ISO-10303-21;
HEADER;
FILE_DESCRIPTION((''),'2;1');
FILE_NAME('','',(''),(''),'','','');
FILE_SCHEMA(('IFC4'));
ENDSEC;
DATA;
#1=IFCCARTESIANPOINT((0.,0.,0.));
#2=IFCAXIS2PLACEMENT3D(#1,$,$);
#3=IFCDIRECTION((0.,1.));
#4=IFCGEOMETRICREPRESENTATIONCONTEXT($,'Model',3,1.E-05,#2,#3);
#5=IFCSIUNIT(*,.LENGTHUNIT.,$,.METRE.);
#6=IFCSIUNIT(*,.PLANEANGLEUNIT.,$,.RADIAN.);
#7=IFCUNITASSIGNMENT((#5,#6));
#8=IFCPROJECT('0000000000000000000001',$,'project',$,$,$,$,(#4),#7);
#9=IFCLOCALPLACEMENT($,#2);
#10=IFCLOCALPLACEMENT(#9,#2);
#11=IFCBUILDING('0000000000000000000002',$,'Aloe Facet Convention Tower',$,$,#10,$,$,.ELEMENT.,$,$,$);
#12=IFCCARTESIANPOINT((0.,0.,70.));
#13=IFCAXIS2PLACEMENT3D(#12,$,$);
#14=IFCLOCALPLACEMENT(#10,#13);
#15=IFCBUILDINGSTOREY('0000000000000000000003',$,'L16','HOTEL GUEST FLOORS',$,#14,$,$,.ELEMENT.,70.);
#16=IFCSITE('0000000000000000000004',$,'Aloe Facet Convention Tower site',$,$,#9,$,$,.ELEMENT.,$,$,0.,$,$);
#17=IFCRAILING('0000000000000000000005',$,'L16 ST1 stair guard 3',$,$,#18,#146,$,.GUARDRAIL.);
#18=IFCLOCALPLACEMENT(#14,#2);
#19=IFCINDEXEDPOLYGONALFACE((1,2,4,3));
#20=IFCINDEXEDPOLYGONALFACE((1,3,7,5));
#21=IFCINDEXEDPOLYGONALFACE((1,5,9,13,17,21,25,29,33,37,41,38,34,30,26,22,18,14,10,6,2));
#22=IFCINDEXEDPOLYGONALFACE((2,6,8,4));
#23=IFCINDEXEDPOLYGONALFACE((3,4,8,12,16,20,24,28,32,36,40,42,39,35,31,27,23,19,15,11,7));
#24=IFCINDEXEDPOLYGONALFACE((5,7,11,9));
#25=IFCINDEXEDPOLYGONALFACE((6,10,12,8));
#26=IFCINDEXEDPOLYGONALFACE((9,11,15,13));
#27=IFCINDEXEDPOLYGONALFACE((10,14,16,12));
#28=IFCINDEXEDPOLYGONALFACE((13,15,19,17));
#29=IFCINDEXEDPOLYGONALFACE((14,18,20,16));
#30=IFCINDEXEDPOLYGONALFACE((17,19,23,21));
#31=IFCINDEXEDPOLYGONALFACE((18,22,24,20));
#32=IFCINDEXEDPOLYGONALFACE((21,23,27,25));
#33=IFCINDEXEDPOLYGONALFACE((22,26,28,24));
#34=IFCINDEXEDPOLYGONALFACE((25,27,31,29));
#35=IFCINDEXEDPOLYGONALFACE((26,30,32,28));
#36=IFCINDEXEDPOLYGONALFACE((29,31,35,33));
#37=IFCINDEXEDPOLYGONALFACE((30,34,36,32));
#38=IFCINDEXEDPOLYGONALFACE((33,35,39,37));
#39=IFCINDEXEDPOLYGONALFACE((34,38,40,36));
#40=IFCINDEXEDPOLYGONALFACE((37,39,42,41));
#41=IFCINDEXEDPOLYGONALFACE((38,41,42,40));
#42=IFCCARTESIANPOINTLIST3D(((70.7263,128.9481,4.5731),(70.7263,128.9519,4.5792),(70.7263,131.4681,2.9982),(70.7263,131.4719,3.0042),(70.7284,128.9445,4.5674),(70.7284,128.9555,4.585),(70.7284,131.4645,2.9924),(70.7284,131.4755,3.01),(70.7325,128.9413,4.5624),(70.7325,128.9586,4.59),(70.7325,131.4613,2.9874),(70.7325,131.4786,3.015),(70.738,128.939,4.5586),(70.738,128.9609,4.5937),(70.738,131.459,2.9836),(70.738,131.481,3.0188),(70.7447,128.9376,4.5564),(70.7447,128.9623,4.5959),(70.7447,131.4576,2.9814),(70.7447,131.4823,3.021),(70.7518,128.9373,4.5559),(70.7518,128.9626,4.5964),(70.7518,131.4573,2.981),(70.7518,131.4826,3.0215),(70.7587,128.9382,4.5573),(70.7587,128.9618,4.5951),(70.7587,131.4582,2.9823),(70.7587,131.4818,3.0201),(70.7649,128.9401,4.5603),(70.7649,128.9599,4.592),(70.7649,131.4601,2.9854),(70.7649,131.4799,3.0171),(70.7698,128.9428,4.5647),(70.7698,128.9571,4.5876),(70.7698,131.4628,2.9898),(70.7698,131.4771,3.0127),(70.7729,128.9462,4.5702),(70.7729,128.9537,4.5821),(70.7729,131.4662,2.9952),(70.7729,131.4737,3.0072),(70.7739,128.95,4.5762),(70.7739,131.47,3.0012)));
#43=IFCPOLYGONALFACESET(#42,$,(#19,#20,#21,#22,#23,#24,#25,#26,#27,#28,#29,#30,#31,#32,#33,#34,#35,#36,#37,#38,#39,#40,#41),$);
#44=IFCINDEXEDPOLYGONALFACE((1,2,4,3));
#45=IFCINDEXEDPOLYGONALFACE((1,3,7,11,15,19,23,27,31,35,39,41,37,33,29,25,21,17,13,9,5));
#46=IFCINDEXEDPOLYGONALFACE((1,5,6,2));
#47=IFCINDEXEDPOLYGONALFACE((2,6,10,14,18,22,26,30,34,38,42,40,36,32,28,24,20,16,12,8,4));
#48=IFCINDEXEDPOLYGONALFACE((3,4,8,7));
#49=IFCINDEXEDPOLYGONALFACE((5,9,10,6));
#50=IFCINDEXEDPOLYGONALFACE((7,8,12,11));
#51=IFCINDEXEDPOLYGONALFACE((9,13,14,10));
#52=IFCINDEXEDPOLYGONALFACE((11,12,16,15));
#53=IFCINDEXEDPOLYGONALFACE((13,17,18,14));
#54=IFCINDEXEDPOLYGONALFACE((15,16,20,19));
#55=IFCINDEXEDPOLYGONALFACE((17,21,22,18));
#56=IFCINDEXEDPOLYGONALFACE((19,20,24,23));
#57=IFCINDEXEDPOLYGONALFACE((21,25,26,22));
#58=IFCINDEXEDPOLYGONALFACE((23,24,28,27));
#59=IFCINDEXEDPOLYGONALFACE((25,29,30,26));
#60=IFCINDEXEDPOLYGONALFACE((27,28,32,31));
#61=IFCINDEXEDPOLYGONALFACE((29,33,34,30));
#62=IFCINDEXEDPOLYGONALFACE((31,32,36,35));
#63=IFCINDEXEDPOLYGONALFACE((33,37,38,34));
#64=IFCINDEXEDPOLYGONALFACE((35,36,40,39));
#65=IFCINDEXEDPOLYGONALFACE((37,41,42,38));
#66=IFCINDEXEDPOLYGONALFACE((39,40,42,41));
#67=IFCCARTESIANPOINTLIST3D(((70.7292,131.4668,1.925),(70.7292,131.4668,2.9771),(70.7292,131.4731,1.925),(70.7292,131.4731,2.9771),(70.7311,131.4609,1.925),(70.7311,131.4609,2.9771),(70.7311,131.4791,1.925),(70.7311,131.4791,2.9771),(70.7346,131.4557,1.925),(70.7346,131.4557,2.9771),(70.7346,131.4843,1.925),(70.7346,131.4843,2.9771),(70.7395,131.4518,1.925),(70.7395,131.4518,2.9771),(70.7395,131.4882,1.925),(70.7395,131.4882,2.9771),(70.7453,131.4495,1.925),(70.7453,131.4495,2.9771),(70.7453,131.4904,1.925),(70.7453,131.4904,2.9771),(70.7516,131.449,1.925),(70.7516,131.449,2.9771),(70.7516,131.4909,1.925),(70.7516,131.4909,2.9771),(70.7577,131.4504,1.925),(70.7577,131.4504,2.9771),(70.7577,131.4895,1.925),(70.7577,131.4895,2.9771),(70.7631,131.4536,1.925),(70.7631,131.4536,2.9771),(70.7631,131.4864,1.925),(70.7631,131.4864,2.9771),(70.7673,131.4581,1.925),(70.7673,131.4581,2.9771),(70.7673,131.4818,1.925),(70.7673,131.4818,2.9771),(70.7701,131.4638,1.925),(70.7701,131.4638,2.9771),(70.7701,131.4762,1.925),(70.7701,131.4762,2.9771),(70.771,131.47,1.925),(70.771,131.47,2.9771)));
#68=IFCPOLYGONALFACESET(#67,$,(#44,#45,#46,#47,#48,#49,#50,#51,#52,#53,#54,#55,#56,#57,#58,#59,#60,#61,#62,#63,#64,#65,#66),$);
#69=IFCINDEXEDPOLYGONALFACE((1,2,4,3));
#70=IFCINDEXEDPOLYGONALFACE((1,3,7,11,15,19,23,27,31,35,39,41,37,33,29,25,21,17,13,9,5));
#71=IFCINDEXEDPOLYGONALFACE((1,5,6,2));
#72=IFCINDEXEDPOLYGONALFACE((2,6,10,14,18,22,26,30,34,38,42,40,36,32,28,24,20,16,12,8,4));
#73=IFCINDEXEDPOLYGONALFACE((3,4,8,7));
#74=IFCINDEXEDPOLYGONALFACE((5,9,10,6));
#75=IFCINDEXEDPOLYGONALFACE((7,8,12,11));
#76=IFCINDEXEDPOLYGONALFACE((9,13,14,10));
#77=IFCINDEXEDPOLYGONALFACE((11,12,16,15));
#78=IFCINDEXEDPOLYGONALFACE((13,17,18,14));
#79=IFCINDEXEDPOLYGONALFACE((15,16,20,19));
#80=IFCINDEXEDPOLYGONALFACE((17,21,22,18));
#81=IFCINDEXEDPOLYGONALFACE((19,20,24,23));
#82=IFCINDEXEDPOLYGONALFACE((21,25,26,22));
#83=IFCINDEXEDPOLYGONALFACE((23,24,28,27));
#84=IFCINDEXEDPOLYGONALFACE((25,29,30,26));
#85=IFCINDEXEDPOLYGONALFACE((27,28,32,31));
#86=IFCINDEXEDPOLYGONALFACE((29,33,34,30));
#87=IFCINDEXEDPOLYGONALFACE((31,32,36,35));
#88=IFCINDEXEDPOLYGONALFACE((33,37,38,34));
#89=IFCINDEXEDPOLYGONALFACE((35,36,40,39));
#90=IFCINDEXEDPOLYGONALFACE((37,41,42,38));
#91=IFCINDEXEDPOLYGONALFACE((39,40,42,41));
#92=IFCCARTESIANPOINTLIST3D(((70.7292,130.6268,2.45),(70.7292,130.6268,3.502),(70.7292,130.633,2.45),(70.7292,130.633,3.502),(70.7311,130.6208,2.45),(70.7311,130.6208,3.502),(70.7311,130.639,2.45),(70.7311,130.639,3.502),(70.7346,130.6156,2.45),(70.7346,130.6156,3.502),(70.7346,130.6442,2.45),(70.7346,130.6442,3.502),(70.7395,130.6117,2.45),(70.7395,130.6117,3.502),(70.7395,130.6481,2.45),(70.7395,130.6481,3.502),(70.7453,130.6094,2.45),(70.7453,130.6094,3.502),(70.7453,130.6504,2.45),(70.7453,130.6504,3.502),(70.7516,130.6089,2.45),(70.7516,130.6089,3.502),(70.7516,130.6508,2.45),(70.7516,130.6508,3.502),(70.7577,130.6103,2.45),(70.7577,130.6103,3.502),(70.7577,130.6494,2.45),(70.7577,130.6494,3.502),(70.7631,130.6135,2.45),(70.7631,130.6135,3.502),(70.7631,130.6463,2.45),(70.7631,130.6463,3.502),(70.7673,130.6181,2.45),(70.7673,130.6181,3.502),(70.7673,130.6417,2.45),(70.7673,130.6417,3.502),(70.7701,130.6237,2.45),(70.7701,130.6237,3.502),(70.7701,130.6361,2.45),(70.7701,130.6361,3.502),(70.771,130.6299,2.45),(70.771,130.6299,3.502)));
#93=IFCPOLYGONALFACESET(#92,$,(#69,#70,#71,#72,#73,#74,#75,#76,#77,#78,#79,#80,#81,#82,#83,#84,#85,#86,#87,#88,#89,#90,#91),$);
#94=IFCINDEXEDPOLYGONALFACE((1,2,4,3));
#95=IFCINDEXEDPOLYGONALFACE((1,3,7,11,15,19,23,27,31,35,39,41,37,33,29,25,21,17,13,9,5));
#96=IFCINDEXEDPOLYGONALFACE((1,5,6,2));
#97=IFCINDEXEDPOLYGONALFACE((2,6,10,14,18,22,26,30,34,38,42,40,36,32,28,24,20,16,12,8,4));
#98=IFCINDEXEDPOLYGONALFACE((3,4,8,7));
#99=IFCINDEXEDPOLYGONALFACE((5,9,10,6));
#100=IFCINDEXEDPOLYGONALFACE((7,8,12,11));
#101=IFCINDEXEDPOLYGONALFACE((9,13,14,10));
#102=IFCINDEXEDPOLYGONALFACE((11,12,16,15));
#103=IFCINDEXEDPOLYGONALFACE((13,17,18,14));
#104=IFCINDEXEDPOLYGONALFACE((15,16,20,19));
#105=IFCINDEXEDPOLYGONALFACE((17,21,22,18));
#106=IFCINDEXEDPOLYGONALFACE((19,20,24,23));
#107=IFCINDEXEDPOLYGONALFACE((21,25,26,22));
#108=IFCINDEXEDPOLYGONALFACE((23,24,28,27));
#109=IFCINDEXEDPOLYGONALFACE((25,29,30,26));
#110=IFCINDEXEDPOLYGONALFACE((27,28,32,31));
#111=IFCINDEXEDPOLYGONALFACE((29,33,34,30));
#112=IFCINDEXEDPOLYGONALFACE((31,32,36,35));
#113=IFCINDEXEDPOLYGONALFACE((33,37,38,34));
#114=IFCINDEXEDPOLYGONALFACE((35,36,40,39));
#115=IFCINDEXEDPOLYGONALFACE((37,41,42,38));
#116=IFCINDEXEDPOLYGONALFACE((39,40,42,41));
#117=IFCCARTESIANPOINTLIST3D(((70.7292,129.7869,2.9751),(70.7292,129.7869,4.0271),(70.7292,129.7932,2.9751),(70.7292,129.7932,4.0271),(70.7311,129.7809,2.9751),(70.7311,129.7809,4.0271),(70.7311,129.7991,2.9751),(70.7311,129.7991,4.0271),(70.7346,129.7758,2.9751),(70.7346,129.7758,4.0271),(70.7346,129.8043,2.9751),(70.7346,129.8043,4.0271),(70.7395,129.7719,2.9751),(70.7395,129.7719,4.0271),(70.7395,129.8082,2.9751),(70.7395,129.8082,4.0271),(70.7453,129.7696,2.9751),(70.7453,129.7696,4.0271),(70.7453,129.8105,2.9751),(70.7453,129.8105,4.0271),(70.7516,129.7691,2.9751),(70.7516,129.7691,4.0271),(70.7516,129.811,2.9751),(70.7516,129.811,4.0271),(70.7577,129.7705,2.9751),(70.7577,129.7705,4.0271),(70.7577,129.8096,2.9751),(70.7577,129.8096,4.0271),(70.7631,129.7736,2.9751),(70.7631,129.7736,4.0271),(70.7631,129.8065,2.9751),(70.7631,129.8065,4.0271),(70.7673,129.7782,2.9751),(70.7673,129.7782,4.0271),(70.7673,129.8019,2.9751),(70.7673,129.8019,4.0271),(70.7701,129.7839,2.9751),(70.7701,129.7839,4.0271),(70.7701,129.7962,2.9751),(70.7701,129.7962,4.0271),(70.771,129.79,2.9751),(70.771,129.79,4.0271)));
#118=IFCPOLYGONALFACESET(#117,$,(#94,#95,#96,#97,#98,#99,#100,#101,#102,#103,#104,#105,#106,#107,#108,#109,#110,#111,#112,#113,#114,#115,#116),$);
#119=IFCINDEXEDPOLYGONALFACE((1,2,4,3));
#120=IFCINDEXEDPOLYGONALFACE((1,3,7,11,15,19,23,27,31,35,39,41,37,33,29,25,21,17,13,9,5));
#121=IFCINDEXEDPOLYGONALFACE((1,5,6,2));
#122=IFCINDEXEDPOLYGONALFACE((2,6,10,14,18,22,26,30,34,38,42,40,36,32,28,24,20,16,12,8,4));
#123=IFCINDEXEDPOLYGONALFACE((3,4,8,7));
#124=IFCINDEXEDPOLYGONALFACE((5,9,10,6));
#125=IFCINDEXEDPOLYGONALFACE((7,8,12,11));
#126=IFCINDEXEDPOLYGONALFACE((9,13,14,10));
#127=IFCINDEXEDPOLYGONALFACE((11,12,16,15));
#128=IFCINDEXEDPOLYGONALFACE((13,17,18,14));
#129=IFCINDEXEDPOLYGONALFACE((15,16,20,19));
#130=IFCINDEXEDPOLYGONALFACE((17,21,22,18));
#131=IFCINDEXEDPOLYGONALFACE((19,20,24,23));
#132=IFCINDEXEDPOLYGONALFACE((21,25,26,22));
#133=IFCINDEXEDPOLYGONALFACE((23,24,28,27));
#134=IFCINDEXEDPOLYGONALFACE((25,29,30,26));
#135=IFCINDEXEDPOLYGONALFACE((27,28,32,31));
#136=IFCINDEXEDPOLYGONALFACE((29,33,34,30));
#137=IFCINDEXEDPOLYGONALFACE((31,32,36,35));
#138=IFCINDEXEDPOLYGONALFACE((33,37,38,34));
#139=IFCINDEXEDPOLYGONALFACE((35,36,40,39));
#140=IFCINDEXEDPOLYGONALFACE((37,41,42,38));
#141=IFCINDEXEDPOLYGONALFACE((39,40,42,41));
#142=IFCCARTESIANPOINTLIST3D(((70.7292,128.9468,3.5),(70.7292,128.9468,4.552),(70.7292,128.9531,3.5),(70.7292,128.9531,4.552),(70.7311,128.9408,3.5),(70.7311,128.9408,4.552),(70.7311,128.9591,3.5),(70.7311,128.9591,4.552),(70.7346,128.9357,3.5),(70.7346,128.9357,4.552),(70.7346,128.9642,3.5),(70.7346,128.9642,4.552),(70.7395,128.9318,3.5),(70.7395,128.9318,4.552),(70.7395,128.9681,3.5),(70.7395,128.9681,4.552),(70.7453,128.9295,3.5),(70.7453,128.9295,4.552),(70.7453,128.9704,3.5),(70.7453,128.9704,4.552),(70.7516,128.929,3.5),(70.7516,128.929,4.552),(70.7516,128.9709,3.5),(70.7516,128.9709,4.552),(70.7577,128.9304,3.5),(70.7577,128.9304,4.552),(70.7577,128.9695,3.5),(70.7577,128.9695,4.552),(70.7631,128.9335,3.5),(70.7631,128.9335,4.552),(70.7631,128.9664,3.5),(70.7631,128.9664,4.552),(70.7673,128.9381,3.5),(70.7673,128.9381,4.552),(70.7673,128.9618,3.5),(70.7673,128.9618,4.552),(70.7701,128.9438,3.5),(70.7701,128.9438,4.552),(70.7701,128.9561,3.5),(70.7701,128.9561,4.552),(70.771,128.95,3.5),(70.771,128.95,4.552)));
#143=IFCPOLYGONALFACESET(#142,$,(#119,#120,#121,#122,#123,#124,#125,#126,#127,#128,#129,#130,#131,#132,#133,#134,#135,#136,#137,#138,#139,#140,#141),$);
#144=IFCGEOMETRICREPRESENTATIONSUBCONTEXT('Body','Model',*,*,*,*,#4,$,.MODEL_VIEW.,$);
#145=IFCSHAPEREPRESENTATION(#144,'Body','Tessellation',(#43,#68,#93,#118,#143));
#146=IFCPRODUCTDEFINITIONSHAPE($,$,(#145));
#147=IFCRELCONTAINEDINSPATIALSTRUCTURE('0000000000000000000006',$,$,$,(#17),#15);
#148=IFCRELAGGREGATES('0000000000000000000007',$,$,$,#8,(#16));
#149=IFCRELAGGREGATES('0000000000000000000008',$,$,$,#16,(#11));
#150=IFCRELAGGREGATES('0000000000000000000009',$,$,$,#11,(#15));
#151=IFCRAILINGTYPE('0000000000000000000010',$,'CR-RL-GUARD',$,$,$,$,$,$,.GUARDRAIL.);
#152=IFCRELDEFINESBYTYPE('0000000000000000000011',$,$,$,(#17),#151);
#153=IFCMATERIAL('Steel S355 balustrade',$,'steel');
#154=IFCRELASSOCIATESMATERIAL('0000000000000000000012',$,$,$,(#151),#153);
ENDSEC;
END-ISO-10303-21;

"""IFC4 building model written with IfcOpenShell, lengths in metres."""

from ifc_helpers import new_model, si_unit, direction, frame, origin, origin_2d, place, context, subcontext, project, spatial, circle, extrude, material, type_object, element, save


model = new_model("IFC4")

# Units and contexts
model_context = context("Model", 3, precision=1e-05, world=origin(), true_north=direction((0.0, 1.0)))
body_context = subcontext(model_context, "Body", "Model", "MODEL_VIEW")
ifc_project = project(units=[si_unit("LENGTHUNIT", "METRE"), si_unit("PLANEANGLEUNIT", "RADIAN")], contexts=[model_context])

# Site, building, storey
site_placement = place(None, origin())
site = spatial("IfcSite", under=ifc_project, at=site_placement, Name="Aloe Facet Convention Tower site", CompositionType="ELEMENT", RefElevation=0.0)
building_placement = place(site_placement, origin())
building = spatial("IfcBuilding", under=site, at=building_placement, Name="Aloe Facet Convention Tower", CompositionType="ELEMENT")
storey_placement = place(building_placement, frame((0.0, 0.0, 70.0)))
storey = spatial("IfcBuildingStorey", under=building, at=storey_placement, Name="L16", Description="HOTEL GUEST FLOORS", CompositionType="ELEMENT", Elevation=70.0)

# Railing
ifc_material_1 = material(Name="Steel S355 balustrade", Category="steel")
railing_type_1 = type_object("IfcRailingType", Name="CR-RL-GUARD", PredefinedType="GUARDRAIL", material=ifc_material_1)
railing_1_placement = place(storey_placement, frame((70.75, 131.47, 1.925)))
element("IfcRailing", 1, at=railing_1_placement, inside=storey, type_object=railing_type_1, Name="L16 ST1 stair guard 3", PredefinedType="GUARDRAIL", context=body_context, shape_type="SweptSolid", body=[
    extrude(circle(Radius=0.0239, at=origin_2d()), frame((0.0, 0.0, 1.0762), z_axis=(0.0, -0.848008, 0.529984), x_axis=(1.0, 0.0, 0.0)), (0.0, 0.0, 1.0), 2.9717),
    extrude(circle(Radius=0.021, at=origin_2d()), origin(), (0.0, 0.0, 1.0), 1.052),
    extrude(circle(Radius=0.021, at=origin_2d()), frame((0.0, -0.8401, 0.5249)), (0.0, 0.0, 1.0), 1.052),
    extrude(circle(Radius=0.021, at=origin_2d()), frame((0.0, -1.6799, 1.05)), (0.0, 0.0, 1.0), 1.052),
    extrude(circle(Radius=0.021, at=origin_2d()), frame((0.0, -2.52, 1.575)), (0.0, 0.0, 1.0), 1.052),
])

save(model, "model.ifc")
